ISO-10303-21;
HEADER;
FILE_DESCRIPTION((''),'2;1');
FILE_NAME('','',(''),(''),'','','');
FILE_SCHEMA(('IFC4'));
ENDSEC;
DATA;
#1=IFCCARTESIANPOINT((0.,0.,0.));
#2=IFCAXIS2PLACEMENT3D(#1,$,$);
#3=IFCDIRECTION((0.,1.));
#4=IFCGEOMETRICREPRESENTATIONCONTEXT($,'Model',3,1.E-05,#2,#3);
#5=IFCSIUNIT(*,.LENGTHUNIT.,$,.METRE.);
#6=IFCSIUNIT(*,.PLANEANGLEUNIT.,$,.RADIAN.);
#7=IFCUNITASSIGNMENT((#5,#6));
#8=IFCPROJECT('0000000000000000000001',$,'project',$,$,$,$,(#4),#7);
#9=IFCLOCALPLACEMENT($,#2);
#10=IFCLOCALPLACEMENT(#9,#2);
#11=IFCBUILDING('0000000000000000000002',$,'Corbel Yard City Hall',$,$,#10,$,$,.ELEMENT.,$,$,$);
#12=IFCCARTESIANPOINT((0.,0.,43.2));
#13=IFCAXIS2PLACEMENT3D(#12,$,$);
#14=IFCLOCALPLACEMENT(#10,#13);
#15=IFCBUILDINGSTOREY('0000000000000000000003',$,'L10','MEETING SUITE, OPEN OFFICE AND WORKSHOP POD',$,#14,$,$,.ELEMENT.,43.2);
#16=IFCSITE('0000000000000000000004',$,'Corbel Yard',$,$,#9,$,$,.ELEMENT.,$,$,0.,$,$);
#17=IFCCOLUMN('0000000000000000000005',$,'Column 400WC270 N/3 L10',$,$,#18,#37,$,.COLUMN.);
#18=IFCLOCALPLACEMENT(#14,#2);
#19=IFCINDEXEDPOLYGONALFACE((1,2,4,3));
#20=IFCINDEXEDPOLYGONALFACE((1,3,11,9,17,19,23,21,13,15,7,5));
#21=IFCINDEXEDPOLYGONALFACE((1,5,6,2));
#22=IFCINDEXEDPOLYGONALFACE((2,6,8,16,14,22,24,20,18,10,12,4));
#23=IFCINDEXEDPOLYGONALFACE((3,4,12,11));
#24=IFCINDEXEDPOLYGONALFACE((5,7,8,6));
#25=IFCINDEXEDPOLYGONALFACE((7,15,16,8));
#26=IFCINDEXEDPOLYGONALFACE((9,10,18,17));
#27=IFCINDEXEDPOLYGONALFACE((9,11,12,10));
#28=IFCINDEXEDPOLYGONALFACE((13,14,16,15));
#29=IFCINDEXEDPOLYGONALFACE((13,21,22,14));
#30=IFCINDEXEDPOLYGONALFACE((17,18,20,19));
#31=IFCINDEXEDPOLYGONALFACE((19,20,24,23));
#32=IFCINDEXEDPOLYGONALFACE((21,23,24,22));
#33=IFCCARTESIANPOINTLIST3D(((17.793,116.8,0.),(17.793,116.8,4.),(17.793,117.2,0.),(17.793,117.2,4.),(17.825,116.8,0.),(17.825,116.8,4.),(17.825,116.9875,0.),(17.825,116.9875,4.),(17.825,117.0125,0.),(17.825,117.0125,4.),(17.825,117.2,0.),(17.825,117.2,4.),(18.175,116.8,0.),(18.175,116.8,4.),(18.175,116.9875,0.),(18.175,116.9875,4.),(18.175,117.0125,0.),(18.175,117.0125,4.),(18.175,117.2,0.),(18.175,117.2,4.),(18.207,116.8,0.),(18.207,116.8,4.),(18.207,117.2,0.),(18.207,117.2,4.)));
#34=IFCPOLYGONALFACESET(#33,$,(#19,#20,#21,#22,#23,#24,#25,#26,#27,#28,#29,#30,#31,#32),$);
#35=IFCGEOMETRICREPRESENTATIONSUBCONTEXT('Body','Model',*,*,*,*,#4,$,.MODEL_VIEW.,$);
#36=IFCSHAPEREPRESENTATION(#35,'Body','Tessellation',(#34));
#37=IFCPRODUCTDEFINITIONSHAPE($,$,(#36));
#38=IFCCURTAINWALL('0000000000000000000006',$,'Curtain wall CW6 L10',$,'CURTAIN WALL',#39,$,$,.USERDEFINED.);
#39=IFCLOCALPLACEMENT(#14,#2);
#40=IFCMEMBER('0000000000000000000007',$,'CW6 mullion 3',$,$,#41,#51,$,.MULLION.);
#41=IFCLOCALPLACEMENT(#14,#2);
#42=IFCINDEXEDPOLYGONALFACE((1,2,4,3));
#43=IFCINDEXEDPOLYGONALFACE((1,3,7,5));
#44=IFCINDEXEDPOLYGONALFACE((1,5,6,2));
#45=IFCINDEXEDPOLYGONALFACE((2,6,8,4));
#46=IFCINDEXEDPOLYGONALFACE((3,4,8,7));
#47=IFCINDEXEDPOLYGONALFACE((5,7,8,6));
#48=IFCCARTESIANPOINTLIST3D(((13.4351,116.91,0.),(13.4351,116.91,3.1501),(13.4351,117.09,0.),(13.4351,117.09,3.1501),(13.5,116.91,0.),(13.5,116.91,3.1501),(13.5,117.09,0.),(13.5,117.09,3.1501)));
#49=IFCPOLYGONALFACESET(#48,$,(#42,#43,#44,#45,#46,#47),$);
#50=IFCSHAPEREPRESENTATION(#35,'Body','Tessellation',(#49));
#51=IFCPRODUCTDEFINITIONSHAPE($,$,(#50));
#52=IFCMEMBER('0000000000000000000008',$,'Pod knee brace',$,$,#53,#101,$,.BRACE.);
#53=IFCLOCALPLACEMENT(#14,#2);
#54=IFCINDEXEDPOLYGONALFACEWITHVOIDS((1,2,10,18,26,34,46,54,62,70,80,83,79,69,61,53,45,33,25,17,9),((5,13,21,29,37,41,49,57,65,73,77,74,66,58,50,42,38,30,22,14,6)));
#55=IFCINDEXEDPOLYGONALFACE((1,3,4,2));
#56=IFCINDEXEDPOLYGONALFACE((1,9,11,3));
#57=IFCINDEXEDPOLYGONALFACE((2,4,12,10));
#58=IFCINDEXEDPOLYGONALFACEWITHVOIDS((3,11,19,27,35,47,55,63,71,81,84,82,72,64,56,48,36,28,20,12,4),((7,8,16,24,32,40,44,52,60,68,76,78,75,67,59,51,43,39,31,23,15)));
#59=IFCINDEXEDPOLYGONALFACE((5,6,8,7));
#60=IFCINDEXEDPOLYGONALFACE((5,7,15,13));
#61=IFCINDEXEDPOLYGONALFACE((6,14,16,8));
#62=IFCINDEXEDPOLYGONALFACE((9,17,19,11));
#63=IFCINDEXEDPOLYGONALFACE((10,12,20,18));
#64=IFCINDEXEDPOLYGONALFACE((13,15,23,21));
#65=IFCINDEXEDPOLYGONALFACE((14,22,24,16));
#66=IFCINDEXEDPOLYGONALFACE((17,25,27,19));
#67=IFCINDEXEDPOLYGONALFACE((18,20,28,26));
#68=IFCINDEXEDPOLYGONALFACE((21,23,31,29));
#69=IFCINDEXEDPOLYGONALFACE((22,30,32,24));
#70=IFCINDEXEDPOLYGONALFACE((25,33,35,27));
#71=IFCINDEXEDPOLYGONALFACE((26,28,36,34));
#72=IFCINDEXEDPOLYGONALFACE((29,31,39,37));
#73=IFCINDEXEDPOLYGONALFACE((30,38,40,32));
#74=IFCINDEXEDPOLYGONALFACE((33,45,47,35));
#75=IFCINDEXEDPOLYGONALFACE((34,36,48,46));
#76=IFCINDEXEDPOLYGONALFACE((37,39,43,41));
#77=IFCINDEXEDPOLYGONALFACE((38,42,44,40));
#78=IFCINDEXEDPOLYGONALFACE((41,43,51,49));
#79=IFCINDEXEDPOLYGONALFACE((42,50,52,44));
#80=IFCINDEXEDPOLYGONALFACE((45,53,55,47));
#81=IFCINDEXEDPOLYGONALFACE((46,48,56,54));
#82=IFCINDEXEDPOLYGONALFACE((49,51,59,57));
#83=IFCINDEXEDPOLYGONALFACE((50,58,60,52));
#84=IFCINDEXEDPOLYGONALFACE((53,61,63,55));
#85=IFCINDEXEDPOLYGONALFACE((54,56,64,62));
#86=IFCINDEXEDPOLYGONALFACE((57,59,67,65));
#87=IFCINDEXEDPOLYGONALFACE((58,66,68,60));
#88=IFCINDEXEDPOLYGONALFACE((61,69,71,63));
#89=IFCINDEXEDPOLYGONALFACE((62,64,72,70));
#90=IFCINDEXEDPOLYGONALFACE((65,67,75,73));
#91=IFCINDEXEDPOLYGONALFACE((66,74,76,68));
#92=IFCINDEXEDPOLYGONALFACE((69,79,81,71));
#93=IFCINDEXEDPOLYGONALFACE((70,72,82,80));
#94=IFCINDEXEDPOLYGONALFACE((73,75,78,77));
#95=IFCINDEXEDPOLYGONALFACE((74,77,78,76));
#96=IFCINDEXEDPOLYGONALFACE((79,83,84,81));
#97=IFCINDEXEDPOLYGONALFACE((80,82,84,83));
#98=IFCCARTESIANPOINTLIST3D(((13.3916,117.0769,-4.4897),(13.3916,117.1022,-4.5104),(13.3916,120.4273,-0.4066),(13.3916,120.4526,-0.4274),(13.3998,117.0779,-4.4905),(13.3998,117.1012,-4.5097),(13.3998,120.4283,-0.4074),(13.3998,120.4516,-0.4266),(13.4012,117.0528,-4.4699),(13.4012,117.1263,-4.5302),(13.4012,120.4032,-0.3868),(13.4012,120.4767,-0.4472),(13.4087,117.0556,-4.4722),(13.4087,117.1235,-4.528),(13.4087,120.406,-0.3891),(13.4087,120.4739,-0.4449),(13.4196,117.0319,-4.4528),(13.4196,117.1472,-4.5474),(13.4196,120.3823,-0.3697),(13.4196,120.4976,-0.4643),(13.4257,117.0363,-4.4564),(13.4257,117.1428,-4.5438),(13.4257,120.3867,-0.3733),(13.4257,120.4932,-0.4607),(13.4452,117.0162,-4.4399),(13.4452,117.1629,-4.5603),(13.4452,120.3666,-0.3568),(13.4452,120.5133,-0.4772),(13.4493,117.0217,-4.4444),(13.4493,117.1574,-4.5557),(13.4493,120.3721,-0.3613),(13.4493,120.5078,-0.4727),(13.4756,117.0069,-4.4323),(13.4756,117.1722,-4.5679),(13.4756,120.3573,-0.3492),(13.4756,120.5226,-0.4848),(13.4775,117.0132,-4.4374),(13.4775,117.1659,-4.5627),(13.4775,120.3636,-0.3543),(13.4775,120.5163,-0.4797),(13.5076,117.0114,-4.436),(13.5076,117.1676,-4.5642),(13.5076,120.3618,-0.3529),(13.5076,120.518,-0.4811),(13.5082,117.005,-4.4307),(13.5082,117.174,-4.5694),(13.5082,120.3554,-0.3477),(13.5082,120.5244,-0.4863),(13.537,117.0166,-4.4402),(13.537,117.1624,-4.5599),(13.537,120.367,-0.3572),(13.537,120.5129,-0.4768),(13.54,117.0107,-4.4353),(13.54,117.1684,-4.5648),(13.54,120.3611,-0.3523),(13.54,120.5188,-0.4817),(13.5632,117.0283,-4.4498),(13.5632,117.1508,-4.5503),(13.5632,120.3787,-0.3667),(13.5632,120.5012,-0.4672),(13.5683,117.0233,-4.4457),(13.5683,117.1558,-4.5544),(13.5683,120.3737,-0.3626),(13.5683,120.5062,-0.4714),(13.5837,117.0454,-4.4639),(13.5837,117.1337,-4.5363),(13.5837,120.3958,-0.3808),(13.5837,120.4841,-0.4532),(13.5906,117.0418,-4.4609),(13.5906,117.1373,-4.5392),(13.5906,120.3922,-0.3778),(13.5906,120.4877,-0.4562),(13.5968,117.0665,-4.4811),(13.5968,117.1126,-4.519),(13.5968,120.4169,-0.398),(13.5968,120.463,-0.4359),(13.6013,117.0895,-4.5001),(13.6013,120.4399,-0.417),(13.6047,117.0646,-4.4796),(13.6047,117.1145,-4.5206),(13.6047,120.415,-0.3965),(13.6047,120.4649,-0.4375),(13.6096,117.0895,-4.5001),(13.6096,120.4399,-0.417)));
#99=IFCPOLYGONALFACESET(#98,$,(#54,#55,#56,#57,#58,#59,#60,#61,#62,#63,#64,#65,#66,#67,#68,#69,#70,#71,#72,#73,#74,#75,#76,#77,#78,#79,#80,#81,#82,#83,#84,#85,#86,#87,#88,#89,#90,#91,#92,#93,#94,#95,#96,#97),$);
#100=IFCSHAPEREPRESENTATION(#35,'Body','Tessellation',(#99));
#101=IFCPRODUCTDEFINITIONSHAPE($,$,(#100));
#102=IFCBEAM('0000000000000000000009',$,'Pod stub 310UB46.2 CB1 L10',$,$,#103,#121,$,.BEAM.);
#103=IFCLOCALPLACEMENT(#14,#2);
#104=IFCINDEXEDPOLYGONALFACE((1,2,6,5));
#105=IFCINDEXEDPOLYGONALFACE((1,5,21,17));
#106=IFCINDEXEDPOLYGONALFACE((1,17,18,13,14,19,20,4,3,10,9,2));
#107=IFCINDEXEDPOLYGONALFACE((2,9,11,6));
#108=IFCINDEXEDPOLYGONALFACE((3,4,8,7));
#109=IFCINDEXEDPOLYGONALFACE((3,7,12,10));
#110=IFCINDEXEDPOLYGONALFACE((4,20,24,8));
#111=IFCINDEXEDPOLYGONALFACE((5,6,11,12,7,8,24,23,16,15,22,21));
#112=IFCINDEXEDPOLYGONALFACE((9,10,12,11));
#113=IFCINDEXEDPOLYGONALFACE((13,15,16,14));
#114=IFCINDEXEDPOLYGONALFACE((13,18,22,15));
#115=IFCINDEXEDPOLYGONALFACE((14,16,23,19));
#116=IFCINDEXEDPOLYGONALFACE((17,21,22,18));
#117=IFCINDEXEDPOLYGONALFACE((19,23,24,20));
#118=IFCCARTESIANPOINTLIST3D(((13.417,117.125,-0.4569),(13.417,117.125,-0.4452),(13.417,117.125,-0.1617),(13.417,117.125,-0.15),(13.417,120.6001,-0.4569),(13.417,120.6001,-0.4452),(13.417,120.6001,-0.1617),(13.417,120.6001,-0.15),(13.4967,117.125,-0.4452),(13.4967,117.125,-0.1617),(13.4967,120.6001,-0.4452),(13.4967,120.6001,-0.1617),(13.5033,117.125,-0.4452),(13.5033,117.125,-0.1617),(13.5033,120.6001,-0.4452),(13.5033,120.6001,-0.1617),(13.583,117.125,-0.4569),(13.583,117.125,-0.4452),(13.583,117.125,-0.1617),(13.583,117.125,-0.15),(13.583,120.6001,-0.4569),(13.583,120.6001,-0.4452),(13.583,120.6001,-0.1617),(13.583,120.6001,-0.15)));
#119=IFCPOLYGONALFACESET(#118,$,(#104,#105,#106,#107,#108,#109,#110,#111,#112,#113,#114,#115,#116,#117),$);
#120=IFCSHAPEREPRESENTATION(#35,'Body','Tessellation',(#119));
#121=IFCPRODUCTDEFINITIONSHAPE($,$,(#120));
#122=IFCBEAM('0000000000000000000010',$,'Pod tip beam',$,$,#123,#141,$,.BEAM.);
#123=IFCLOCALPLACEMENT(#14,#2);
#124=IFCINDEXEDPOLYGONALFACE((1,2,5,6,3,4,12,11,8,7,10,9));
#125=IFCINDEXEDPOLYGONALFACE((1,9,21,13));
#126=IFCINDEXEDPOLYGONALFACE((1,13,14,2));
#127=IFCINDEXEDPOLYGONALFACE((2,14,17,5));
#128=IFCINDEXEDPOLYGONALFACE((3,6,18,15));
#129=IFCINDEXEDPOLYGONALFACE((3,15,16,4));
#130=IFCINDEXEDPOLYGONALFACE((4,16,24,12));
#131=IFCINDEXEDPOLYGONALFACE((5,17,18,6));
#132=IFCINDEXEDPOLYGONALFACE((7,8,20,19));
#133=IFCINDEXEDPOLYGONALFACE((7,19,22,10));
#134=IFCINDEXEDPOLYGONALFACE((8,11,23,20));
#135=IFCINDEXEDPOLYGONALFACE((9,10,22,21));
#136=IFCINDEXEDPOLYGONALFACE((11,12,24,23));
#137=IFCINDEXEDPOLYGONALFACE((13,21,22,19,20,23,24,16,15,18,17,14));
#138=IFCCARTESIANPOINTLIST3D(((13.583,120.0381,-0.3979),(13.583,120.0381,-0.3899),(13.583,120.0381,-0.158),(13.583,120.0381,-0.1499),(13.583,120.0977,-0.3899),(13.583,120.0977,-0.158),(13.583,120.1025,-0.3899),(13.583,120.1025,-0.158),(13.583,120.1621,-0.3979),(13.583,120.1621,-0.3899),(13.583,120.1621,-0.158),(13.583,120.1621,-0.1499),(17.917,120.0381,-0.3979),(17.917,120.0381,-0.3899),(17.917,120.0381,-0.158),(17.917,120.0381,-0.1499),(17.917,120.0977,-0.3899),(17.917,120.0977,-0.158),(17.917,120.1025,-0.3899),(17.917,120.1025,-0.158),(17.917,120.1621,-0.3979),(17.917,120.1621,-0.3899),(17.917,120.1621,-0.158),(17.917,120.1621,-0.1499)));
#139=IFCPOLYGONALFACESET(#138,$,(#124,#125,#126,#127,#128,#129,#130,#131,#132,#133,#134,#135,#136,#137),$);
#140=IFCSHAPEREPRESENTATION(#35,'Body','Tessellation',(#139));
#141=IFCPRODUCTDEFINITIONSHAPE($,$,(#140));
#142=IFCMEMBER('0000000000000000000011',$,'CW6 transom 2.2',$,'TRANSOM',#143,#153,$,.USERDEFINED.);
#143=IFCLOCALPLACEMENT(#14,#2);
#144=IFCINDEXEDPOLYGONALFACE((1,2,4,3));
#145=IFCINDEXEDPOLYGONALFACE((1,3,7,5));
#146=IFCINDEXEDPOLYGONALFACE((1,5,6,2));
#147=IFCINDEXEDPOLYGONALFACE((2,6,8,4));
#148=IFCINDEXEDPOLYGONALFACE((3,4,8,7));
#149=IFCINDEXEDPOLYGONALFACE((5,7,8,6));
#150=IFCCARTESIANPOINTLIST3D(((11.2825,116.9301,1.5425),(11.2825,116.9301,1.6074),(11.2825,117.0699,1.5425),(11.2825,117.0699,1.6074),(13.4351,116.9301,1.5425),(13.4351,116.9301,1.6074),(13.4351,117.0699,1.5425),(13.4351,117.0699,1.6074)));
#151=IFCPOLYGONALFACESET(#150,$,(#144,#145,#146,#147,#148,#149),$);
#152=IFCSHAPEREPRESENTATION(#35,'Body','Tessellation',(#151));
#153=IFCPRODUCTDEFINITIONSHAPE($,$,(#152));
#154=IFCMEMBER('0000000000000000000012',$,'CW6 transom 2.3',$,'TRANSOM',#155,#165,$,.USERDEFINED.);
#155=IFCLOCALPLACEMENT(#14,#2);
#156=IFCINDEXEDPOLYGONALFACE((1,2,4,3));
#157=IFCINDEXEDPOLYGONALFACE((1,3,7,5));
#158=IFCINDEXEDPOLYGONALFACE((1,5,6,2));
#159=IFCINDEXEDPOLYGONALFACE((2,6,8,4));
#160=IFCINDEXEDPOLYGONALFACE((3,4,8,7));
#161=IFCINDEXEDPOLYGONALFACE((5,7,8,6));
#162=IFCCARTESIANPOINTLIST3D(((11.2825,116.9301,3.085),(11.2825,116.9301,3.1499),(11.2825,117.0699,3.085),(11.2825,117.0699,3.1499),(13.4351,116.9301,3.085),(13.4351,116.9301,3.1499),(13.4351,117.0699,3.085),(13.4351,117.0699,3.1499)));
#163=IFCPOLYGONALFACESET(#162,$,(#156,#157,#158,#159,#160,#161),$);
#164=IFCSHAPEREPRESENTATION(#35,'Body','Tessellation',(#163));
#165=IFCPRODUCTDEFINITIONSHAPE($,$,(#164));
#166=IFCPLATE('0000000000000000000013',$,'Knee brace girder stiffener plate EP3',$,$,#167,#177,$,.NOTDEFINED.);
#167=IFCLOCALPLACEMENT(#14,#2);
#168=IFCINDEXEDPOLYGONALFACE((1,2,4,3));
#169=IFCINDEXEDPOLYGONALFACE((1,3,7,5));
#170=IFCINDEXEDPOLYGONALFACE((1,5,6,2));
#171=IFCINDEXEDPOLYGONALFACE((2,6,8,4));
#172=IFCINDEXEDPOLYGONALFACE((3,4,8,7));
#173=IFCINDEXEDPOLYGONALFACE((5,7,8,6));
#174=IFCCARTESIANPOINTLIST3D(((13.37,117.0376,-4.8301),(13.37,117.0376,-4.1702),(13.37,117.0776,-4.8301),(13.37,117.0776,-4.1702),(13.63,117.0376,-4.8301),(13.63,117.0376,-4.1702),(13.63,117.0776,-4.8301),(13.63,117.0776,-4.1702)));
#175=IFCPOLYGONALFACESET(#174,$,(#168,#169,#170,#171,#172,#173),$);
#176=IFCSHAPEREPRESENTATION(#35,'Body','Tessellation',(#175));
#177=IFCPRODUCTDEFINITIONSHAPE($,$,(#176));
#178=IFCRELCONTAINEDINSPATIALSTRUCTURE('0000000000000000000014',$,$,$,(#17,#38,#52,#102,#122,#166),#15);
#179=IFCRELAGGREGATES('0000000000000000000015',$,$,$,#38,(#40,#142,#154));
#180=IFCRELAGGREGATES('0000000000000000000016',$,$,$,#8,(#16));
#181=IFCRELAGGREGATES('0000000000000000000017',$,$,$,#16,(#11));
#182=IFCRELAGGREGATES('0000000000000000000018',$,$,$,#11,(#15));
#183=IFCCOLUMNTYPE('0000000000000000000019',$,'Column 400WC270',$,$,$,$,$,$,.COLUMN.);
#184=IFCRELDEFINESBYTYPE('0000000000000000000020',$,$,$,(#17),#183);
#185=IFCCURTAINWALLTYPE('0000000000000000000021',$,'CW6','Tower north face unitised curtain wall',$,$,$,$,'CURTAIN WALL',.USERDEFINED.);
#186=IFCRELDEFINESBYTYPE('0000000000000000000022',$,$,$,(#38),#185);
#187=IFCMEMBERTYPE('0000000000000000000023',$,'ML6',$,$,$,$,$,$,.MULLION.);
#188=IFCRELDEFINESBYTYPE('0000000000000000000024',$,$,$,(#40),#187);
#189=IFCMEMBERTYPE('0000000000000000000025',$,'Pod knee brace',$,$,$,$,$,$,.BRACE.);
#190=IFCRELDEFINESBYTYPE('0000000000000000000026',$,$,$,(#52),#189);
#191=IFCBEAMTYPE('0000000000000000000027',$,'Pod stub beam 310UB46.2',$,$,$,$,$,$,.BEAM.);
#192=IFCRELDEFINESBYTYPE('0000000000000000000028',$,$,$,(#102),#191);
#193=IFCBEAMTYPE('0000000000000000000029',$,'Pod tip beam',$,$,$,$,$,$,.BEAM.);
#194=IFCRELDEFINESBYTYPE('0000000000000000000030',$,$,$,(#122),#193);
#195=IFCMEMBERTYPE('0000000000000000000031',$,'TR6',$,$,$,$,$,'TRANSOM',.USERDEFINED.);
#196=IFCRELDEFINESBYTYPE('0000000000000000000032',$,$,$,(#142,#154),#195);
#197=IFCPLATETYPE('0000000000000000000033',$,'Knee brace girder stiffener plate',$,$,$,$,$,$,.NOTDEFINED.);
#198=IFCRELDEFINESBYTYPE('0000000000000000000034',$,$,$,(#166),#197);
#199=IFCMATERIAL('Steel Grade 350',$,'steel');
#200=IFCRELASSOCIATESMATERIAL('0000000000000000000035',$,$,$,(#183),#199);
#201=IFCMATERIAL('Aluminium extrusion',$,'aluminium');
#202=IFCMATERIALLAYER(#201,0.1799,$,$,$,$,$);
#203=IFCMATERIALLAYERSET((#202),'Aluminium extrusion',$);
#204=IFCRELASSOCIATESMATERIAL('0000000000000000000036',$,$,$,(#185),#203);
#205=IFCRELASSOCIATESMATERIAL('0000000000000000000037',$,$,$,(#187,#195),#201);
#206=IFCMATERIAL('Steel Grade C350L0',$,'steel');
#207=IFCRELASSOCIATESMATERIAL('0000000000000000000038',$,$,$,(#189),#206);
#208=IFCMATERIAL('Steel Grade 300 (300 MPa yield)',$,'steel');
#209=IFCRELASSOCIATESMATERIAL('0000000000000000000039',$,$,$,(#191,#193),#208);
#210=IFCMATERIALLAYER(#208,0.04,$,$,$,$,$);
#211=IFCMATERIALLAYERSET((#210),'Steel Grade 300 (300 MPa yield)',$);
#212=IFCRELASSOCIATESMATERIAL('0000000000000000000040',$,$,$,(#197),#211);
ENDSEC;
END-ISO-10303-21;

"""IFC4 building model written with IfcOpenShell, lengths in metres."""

from ifc_helpers import new_model, si_unit, direction, frame, origin, origin_2d, place, context, subcontext, project, spatial, rectangle, hollow_circle, i_section, extrude, material, layer, layer_set, material_profile, profile_set, type_object, element, aggregate, save


model = new_model("IFC4")

# Units and contexts
model_context = context("Model", 3, precision=1e-05, world=origin(), true_north=direction((0.0, 1.0)))
body_context = subcontext(model_context, "Body", "Model", "MODEL_VIEW")
ifc_project = project(units=[si_unit("LENGTHUNIT", "METRE"), si_unit("PLANEANGLEUNIT", "RADIAN")], contexts=[model_context])

# Site, building, storey
site_placement = place(None, origin())
site = spatial("IfcSite", under=ifc_project, at=site_placement, Name="Corbel Yard", CompositionType="ELEMENT", RefElevation=0.0)
building_placement = place(site_placement, origin())
building = spatial("IfcBuilding", under=site, at=building_placement, Name="Corbel Yard City Hall", CompositionType="ELEMENT")
storey_placement = place(building_placement, frame((0.0, 0.0, 43.2)))
storey = spatial("IfcBuildingStorey", under=building, at=storey_placement, Name="L10", Description="MEETING SUITE, OPEN OFFICE AND WORKSHOP POD", CompositionType="ELEMENT", Elevation=43.2)

# Column
ifc_material_1 = material(Name="Steel Grade 350", Category="steel")
ifc_material_profile_1 = material_profile(ifc_material_1, i_section(OverallWidth=0.3999, OverallDepth=0.4141, WebThickness=0.0249, FlangeThickness=0.032, at=origin_2d()), Name="400WC270")
ifc_profile_set_1 = profile_set([ifc_material_profile_1], Name="Steel Grade 350")
column_type = type_object("IfcColumnType", Name="Column 400WC270", PredefinedType="COLUMN", material=ifc_profile_set_1)
column_placement = place(storey_placement, frame((18.0, 117.0, 0.0), z_axis=(0.0, 0.0, 1.0), x_axis=(0.0, 1.0, 0.0)))
element("IfcColumn", 1, at=column_placement, inside=storey, type_object=column_type, Name="Column 400WC270 N/3 L10", PredefinedType="COLUMN", context=body_context, shape_type="SweptSolid", body=[
    extrude(i_section(OverallWidth=0.3999, OverallDepth=0.4141, WebThickness=0.0249, FlangeThickness=0.032, at=origin_2d()), origin(), (0.0, 0.0, 1.0), 4.0),
])

# Curtain wall, member
ifc_material_2 = material(Name="Aluminium extrusion", Category="aluminium")
ifc_layer_1 = layer(ifc_material_2, 0.1799)
ifc_layer_set_1 = layer_set([ifc_layer_1], Name="Aluminium extrusion")
curtain_wall_type = type_object("IfcCurtainWallType", Name="CW6", Description="Tower north face unitised curtain wall", ElementType="CURTAIN WALL", PredefinedType="USERDEFINED", material=ifc_layer_set_1)
curtain_wall_placement = place(storey_placement, origin())
curtain_wall = element("IfcCurtainWall", 2, at=curtain_wall_placement, inside=storey, type_object=curtain_wall_type, Name="Curtain wall CW6 L10", ObjectType="CURTAIN WALL", PredefinedType="USERDEFINED")
ifc_material_profile_2 = material_profile(ifc_material_2, rectangle(XDim=0.1799, YDim=0.0649, at=origin_2d()), Name="180x65")
ifc_profile_set_2 = profile_set([ifc_material_profile_2], Name="Aluminium extrusion")
member_type_1 = type_object("IfcMemberType", Name="ML6", PredefinedType="MULLION", material=ifc_profile_set_2)
member_1_placement = place(storey_placement, frame((13.4675, 117.0, 0.0), z_axis=(0.0, 0.0, 1.0), x_axis=(0.0, 1.0, 0.0)))
member_1 = element("IfcMember", 3, at=member_1_placement, type_object=member_type_1, Name="CW6 mullion 3", PredefinedType="MULLION", context=body_context, shape_type="SweptSolid", body=[
    extrude(rectangle(XDim=0.1799, YDim=0.0649, at=origin_2d()), origin(), (0.0, 0.0, 1.0), 3.1501),
])

# Member
ifc_material_3 = material(Name="Steel Grade C350L0", Category="steel")
ifc_material_profile_3 = material_profile(ifc_material_3, hollow_circle(Radius=0.1096, WallThickness=0.0083, at=origin_2d()), Name="219.1x8.2CHS")
ifc_profile_set_3 = profile_set([ifc_material_profile_3], Name="Steel Grade C350L0")
member_type_2 = type_object("IfcMemberType", Name="Pod knee brace", PredefinedType="BRACE", material=ifc_profile_set_3)
member_2_placement = place(storey_placement, frame((13.5, 120.4399, -0.417), z_axis=(0.0, -0.634337, -0.773057), x_axis=(1.0, 0.0, 0.0)))
element("IfcMember", 4, at=member_2_placement, inside=storey, type_object=member_type_2, Name="Pod knee brace", PredefinedType="BRACE", context=body_context, shape_type="SweptSolid", body=[
    extrude(hollow_circle(Radius=0.1096, WallThickness=0.0083, at=origin_2d()), origin(), (0.0, 0.0, 1.0), 5.2817),
])

# Beams
ifc_material_4 = material(Name="Steel Grade 300 (300 MPa yield)", Category="steel")
ifc_material_profile_4 = material_profile(ifc_material_4, i_section(OverallWidth=0.166, OverallDepth=0.3069, WebThickness=0.0066, FlangeThickness=0.0117, at=origin_2d()), Name="310UB46.2")
ifc_profile_set_4 = profile_set([ifc_material_profile_4], Name="Steel Grade 300 (300 MPa yield)")
beam_type_1 = type_object("IfcBeamType", Name="Pod stub beam 310UB46.2", PredefinedType="BEAM", material=ifc_profile_set_4)
beam_1_placement = place(storey_placement, frame((13.5, 117.125, -0.3035), z_axis=(0.0, 1.0, 0.0), x_axis=(-1.0, 0.0, 0.0)))
element("IfcBeam", 5, at=beam_1_placement, inside=storey, type_object=beam_type_1, Name="Pod stub 310UB46.2 CB1 L10", PredefinedType="BEAM", context=body_context, shape_type="SweptSolid", body=[
    extrude(i_section(OverallWidth=0.166, OverallDepth=0.3069, WebThickness=0.0066, FlangeThickness=0.0117, at=origin_2d()), origin(), (0.0, 0.0, 1.0), 3.4751),
])
ifc_material_profile_5 = material_profile(ifc_material_4, i_section(OverallWidth=0.124, OverallDepth=0.248, WebThickness=0.0049, FlangeThickness=0.0081, at=origin_2d()), Name="250UB25.7")
ifc_profile_set_5 = profile_set([ifc_material_profile_5], Name="Steel Grade 300 (300 MPa yield)")
beam_type_2 = type_object("IfcBeamType", Name="Pod tip beam", PredefinedType="BEAM", material=ifc_profile_set_5)
beam_2_placement = place(storey_placement, frame((13.583, 120.1001, -0.2739), z_axis=(1.0, 0.0, 0.0), x_axis=(0.0, 1.0, 0.0)))
element("IfcBeam", 6, at=beam_2_placement, inside=storey, type_object=beam_type_2, Name="Pod tip beam", PredefinedType="BEAM", context=body_context, shape_type="SweptSolid", body=[
    extrude(i_section(OverallWidth=0.124, OverallDepth=0.248, WebThickness=0.0049, FlangeThickness=0.0081, at=origin_2d()), origin(), (0.0, 0.0, 1.0), 4.334),
])

# Members
ifc_material_profile_6 = material_profile(ifc_material_2, rectangle(XDim=0.1399, YDim=0.0649, at=origin_2d()), Name="140x65")
ifc_profile_set_6 = profile_set([ifc_material_profile_6], Name="Aluminium extrusion")
member_type_3 = type_object("IfcMemberType", Name="TR6", ElementType="TRANSOM", PredefinedType="USERDEFINED", material=ifc_profile_set_6)
member_3_placement = place(storey_placement, frame((11.2825, 117.0, 1.575), z_axis=(1.0, 0.0, 0.0), x_axis=(0.0, 1.0, 0.0)))
member_3 = element("IfcMember", 7, at=member_3_placement, type_object=member_type_3, Name="CW6 transom 2.2", ObjectType="TRANSOM", PredefinedType="USERDEFINED", context=body_context, shape_type="SweptSolid", body=[
    extrude(rectangle(XDim=0.1399, YDim=0.0649, at=origin_2d()), origin(), (0.0, 0.0, 1.0), 2.1526),
])
member_4_placement = place(storey_placement, frame((11.2825, 117.0, 3.1174), z_axis=(1.0, 0.0, 0.0), x_axis=(0.0, 1.0, 0.0)))
member_4 = element("IfcMember", 8, at=member_4_placement, type_object=member_type_3, Name="CW6 transom 2.3", ObjectType="TRANSOM", PredefinedType="USERDEFINED", context=body_context, shape_type="SweptSolid", body=[
    extrude(rectangle(XDim=0.1399, YDim=0.0649, at=origin_2d()), origin(), (0.0, 0.0, 1.0), 2.1526),
])

# Plate
ifc_layer_2 = layer(ifc_material_4, 0.04)
ifc_layer_set_2 = layer_set([ifc_layer_2], Name="Steel Grade 300 (300 MPa yield)")
plate_type_1 = type_object("IfcPlateType", Name="Knee brace girder stiffener plate", PredefinedType="NOTDEFINED", material=ifc_layer_set_2)
plate_1_placement = place(storey_placement, frame((13.5, 117.0576, -4.8301), z_axis=(0.0, 0.0, 1.0), x_axis=(1.0, 0.0, 0.0)))
element("IfcPlate", 9, at=plate_1_placement, inside=storey, type_object=plate_type_1, Name="Knee brace girder stiffener plate EP3", PredefinedType="NOTDEFINED", context=body_context, shape_type="SweptSolid", body=[
    extrude(rectangle(XDim=0.26, YDim=0.04, at=origin_2d()), origin(), (0.0, 0.0, 1.0), 0.6599),
])
aggregate(curtain_wall, [member_1, member_3, member_4])

save(model, "model.ifc")
